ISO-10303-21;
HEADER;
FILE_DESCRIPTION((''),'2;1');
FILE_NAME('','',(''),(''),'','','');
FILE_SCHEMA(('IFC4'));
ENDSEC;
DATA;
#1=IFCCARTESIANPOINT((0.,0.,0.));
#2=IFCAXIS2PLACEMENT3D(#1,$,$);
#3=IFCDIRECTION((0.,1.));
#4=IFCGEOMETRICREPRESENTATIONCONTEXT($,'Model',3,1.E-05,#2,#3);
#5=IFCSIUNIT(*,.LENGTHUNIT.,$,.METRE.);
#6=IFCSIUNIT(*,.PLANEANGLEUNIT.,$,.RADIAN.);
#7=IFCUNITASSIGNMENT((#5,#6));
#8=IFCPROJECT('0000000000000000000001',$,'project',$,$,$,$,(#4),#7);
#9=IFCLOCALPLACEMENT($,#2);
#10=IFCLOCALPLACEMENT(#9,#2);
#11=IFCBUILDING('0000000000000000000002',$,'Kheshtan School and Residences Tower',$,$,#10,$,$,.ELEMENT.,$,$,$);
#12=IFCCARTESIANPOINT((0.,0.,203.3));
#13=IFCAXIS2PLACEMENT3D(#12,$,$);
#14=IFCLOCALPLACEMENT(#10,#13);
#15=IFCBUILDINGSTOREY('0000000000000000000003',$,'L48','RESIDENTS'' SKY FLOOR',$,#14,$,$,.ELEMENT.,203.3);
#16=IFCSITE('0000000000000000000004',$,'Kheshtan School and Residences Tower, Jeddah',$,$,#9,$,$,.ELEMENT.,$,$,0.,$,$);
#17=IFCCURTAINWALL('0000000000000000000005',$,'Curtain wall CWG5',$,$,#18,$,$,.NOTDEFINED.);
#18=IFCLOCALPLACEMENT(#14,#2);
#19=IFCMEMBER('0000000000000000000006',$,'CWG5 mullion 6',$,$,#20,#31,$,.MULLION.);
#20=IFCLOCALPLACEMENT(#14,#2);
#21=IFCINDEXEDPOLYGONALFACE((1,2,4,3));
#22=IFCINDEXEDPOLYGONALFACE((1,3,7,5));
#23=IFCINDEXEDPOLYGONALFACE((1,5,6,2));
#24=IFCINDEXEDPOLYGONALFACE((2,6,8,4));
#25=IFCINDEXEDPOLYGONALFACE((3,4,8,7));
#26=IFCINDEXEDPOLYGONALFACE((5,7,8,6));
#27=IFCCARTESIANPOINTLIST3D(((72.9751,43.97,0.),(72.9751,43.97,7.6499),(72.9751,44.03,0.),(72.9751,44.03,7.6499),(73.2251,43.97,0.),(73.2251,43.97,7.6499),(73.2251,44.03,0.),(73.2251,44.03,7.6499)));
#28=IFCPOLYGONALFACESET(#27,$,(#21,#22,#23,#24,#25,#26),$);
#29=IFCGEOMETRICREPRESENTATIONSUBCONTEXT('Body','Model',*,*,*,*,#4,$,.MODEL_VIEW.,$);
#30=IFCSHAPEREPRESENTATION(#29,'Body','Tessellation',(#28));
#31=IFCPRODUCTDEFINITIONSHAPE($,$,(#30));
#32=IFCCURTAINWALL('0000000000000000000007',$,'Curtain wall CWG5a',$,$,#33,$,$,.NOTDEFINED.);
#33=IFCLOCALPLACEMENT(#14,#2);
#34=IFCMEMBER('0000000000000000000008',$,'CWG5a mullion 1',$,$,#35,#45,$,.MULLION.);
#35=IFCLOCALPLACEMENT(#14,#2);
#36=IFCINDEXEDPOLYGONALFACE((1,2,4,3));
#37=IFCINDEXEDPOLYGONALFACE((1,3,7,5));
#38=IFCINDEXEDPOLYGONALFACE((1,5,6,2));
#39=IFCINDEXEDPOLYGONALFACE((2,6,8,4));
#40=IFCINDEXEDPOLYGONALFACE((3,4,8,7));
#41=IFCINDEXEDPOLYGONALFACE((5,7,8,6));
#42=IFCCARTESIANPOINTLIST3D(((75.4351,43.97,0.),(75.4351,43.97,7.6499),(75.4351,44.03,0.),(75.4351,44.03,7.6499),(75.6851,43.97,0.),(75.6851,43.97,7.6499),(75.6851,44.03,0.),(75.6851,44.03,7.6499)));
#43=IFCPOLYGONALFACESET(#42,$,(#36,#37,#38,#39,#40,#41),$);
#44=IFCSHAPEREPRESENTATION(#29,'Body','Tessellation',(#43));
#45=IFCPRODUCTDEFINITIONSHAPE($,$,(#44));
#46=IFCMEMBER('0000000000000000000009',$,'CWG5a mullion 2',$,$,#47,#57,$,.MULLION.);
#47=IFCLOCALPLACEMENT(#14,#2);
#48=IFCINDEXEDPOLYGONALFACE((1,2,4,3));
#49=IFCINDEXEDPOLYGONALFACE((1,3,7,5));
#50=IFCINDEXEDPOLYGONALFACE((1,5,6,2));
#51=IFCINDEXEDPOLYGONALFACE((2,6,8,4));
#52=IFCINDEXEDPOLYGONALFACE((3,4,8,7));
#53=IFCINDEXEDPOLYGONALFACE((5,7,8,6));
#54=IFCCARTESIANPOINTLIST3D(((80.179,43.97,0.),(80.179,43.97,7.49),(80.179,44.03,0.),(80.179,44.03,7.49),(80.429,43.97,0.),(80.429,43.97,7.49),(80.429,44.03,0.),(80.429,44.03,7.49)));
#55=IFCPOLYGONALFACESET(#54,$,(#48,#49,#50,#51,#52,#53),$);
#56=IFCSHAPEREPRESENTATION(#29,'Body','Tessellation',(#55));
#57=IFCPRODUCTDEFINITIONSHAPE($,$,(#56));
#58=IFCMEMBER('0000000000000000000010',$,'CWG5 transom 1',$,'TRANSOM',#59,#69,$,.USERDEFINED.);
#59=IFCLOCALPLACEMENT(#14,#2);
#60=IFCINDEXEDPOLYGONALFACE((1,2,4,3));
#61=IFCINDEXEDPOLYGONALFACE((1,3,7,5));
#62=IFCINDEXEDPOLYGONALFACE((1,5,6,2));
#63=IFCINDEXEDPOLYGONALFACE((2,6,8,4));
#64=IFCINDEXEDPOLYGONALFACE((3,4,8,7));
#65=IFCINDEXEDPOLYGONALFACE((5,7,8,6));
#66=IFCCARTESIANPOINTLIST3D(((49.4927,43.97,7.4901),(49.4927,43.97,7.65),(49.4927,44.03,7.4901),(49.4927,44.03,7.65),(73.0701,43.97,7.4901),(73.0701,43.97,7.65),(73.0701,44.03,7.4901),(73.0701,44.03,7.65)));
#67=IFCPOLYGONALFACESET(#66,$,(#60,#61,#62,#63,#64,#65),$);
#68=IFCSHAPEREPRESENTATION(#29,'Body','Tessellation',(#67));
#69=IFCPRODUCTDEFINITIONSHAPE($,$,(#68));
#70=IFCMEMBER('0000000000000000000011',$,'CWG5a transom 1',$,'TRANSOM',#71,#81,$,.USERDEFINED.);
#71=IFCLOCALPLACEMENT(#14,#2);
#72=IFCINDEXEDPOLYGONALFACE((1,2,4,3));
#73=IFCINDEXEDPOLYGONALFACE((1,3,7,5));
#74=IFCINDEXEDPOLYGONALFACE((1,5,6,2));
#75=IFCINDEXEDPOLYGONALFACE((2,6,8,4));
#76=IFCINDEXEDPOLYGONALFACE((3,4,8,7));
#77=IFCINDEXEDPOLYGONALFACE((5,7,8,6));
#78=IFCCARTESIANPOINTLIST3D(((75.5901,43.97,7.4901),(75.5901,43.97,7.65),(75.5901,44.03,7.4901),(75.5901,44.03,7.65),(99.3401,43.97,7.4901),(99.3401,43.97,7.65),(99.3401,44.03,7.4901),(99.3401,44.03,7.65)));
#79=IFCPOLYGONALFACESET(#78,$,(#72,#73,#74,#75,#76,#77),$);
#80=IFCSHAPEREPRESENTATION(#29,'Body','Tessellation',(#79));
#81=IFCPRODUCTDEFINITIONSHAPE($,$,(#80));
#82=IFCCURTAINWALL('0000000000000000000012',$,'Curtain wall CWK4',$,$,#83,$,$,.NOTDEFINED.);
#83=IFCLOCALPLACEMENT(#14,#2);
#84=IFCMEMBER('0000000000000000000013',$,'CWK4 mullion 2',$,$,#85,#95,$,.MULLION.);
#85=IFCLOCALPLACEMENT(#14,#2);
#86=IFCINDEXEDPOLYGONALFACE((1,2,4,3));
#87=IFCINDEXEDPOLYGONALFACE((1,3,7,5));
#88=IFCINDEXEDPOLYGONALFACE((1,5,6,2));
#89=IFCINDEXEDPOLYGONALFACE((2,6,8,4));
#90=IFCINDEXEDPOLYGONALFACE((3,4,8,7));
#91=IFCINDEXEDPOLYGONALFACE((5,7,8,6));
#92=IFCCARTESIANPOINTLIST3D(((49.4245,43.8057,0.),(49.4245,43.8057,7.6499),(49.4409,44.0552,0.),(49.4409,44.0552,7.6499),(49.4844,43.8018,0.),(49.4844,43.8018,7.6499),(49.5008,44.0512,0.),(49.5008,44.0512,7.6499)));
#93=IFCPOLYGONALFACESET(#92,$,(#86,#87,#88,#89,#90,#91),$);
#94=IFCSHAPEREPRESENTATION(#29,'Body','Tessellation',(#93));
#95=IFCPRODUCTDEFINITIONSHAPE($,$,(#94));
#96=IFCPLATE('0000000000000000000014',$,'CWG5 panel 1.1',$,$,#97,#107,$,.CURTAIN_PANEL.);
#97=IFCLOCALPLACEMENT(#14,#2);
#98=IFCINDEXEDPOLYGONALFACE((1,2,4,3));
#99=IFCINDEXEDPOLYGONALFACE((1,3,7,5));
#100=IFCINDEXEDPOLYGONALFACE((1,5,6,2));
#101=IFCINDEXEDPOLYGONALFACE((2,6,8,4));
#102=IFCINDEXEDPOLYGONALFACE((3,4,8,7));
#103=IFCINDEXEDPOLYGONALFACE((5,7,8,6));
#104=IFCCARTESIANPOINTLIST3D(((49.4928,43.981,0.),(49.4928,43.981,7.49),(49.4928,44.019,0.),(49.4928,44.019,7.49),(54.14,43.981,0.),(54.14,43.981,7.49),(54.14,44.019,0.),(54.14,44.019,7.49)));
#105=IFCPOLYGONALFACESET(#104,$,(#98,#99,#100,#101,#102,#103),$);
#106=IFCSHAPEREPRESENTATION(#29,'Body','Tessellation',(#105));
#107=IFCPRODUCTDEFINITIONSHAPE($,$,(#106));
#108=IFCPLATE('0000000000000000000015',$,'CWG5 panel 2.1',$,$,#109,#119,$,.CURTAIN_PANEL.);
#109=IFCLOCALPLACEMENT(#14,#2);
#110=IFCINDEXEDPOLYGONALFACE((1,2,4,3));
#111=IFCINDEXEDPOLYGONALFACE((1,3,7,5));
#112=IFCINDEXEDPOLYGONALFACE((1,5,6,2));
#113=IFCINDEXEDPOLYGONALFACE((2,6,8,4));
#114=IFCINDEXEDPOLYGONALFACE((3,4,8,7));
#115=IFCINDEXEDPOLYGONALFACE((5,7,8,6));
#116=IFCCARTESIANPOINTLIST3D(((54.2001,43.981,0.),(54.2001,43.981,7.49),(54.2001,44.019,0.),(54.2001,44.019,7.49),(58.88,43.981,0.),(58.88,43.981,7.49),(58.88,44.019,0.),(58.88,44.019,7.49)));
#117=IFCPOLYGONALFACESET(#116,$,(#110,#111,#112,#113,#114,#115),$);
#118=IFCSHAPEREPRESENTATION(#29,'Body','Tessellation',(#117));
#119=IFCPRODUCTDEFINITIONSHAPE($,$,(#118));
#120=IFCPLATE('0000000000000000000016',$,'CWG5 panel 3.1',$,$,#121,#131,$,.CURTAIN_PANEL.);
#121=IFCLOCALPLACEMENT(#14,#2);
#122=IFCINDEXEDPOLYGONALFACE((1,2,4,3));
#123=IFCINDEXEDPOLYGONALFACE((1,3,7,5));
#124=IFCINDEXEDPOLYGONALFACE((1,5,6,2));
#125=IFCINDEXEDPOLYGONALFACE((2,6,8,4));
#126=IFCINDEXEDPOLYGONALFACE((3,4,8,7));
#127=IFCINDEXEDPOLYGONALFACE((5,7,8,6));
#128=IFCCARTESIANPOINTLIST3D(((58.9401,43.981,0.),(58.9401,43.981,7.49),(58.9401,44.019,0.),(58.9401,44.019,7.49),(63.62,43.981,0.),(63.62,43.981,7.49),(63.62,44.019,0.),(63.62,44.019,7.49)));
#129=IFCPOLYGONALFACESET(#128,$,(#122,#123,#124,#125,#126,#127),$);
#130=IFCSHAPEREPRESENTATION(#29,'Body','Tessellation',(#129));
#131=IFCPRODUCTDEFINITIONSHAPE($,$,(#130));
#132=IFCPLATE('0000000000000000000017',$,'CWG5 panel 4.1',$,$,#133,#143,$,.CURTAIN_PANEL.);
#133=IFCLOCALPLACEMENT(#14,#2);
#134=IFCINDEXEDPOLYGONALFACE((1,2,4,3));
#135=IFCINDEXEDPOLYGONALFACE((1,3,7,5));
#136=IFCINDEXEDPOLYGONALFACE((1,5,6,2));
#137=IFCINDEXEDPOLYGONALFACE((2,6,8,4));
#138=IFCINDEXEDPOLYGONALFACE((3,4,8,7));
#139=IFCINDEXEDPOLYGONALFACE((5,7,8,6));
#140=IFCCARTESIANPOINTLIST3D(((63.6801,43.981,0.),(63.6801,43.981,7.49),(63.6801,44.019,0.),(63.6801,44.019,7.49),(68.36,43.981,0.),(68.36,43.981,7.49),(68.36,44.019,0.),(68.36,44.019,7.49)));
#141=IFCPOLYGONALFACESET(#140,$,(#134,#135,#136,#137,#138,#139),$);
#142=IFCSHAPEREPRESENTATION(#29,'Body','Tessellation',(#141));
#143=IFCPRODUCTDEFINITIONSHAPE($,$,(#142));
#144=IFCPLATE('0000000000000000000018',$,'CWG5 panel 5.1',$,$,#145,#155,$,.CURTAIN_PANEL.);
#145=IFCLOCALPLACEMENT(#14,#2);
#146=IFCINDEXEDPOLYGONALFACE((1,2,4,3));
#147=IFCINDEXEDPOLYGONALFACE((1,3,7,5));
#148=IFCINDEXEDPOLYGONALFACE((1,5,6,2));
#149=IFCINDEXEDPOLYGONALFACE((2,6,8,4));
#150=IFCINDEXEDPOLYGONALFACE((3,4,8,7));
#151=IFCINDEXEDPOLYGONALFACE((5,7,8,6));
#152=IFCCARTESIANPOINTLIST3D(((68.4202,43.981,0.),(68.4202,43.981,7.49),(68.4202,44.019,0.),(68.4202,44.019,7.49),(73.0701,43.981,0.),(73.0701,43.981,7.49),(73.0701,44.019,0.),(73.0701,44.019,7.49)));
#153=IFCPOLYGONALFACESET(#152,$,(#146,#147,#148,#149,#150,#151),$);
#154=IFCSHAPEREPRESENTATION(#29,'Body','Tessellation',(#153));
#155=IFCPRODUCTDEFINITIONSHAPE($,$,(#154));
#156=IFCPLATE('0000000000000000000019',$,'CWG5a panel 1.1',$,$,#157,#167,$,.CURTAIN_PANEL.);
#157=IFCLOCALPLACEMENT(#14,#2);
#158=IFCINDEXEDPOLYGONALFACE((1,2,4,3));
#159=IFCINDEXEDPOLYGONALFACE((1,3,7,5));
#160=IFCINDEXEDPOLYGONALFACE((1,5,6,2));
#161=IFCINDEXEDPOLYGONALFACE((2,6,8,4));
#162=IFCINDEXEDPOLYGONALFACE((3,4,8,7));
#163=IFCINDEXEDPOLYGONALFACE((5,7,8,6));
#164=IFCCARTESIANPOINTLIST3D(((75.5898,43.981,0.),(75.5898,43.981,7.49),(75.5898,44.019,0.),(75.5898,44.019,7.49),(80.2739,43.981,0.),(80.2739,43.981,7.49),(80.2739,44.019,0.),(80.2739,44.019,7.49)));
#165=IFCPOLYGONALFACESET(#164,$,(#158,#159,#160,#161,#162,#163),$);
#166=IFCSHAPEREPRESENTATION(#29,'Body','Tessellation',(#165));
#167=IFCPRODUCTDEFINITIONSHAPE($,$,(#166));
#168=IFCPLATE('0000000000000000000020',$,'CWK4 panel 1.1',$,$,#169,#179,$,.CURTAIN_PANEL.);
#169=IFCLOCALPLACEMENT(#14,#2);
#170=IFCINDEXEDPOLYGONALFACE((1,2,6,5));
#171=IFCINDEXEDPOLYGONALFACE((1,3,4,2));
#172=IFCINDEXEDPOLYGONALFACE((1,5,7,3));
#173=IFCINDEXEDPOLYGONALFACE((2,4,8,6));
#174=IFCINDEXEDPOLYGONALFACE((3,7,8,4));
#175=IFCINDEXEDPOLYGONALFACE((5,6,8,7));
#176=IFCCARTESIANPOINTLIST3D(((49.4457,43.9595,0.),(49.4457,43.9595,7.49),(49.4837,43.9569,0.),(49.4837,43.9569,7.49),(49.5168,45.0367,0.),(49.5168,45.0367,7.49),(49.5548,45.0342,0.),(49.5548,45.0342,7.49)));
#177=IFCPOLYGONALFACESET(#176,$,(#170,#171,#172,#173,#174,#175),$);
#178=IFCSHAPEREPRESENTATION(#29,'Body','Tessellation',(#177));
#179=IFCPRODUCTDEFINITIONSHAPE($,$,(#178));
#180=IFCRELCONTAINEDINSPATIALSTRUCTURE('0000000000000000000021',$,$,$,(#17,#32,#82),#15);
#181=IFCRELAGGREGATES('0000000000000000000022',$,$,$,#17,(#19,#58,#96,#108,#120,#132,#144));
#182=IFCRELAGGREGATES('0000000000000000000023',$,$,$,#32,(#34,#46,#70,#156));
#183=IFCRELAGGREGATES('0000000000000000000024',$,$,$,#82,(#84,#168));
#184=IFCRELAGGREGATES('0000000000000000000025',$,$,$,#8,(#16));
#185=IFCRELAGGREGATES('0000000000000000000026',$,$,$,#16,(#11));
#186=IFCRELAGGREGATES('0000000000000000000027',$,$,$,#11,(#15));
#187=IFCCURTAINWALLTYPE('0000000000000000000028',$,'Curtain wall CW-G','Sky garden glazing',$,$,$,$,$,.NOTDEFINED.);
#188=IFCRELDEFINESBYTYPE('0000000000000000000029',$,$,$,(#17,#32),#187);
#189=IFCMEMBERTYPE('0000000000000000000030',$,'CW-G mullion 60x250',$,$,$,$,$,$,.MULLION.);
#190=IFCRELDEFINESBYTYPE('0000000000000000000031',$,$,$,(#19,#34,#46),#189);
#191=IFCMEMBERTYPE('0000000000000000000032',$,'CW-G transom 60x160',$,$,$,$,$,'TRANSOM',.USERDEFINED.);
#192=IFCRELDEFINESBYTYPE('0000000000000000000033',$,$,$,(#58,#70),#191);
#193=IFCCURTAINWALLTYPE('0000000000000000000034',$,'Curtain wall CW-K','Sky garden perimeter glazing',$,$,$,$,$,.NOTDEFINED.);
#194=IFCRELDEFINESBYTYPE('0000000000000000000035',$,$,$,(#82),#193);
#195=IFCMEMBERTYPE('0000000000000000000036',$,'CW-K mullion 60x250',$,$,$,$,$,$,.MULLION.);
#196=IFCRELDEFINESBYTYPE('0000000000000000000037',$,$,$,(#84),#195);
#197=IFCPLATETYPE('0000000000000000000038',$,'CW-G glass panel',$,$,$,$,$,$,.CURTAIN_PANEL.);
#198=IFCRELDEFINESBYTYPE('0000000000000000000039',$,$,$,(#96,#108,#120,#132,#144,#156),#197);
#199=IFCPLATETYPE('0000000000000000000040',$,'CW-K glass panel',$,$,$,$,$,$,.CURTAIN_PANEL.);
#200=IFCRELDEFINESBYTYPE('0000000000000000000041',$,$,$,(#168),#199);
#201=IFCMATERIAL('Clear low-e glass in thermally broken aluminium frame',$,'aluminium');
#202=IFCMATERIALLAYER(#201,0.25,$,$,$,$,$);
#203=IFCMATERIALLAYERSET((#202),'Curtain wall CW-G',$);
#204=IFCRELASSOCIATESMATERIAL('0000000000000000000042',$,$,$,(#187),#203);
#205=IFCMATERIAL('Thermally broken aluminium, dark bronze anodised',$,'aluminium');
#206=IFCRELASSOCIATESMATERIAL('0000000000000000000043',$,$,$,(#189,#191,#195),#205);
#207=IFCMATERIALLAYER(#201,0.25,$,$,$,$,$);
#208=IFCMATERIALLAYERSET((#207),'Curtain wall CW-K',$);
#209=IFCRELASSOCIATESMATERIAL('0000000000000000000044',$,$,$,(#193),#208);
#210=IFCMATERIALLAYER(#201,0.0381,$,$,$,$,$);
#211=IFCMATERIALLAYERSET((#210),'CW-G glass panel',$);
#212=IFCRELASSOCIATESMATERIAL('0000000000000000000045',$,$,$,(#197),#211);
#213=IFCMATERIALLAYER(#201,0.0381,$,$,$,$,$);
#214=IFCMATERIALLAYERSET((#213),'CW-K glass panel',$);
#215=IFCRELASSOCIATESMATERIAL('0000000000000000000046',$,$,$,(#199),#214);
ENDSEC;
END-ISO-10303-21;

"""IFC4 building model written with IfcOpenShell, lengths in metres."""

from ifc_helpers import new_model, si_unit, direction, frame, origin, origin_2d, place, context, subcontext, project, spatial, rectangle, extrude, material, layer, layer_set, material_profile, profile_set, type_object, element, aggregate, save


model = new_model("IFC4")

# Units and contexts
model_context = context("Model", 3, precision=1e-05, world=origin(), true_north=direction((0.0, 1.0)))
body_context = subcontext(model_context, "Body", "Model", "MODEL_VIEW")
ifc_project = project(units=[si_unit("LENGTHUNIT", "METRE"), si_unit("PLANEANGLEUNIT", "RADIAN")], contexts=[model_context])

# Site, building, storey
site_placement = place(None, origin())
site = spatial("IfcSite", under=ifc_project, at=site_placement, Name="Kheshtan School and Residences Tower, Jeddah", CompositionType="ELEMENT", RefElevation=0.0)
building_placement = place(site_placement, origin())
building = spatial("IfcBuilding", under=site, at=building_placement, Name="Kheshtan School and Residences Tower", CompositionType="ELEMENT")
storey_placement = place(building_placement, frame((0.0, 0.0, 203.3)))
storey = spatial("IfcBuildingStorey", under=building, at=storey_placement, Name="L48", Description="RESIDENTS' SKY FLOOR", CompositionType="ELEMENT", Elevation=203.3)

# Curtain walls, members
ifc_material_1 = material(Name="Clear low-e glass in thermally broken aluminium frame", Category="aluminium")
ifc_layer_1 = layer(ifc_material_1, 0.25)
ifc_layer_set_1 = layer_set([ifc_layer_1], Name="Curtain wall CW-G")
curtain_wall_type_1 = type_object("IfcCurtainWallType", Name="Curtain wall CW-G", Description="Sky garden glazing", PredefinedType="NOTDEFINED", material=ifc_layer_set_1)
curtain_wall_1_placement = place(storey_placement, origin())
curtain_wall_1 = element("IfcCurtainWall", 1, at=curtain_wall_1_placement, inside=storey, type_object=curtain_wall_type_1, Name="Curtain wall CWG5", PredefinedType="NOTDEFINED")
ifc_material_2 = material(Name="Thermally broken aluminium, dark bronze anodised", Category="aluminium")
ifc_material_profile_1 = material_profile(ifc_material_2, rectangle(XDim=0.0601, YDim=0.25, at=origin_2d()), Name="CW-G mullion 60x250")
ifc_profile_set_1 = profile_set([ifc_material_profile_1], Name="Thermally broken aluminium, dark bronze anodised")
member_type_1 = type_object("IfcMemberType", Name="CW-G mullion 60x250", PredefinedType="MULLION", material=ifc_profile_set_1)
member_1_placement = place(storey_placement, frame((73.1001, 44.0, 0.0), z_axis=(0.0, 0.0, 1.0), x_axis=(0.0, 1.0, 0.0)))
member_1 = element("IfcMember", 2, at=member_1_placement, type_object=member_type_1, Name="CWG5 mullion 6", PredefinedType="MULLION", context=body_context, shape_type="SweptSolid", body=[
    extrude(rectangle(XDim=0.0601, YDim=0.25, at=origin_2d()), origin(), (0.0, 0.0, 1.0), 7.6499),
])
curtain_wall_2_placement = place(storey_placement, origin())
curtain_wall_2 = element("IfcCurtainWall", 3, at=curtain_wall_2_placement, inside=storey, type_object=curtain_wall_type_1, Name="Curtain wall CWG5a", PredefinedType="NOTDEFINED")
member_2_placement = place(storey_placement, frame((75.5601, 44.0, 0.0), z_axis=(0.0, 0.0, 1.0), x_axis=(0.0, 1.0, 0.0)))
member_2 = element("IfcMember", 4, at=member_2_placement, type_object=member_type_1, Name="CWG5a mullion 1", PredefinedType="MULLION", context=body_context, shape_type="SweptSolid", body=[
    extrude(rectangle(XDim=0.0601, YDim=0.25, at=origin_2d()), origin(), (0.0, 0.0, 1.0), 7.6499),
])
member_3_placement = place(storey_placement, frame((80.304, 44.0, 0.0), z_axis=(0.0, 0.0, 1.0), x_axis=(0.0, 1.0, 0.0)))
member_3 = element("IfcMember", 5, at=member_3_placement, type_object=member_type_1, Name="CWG5a mullion 2", PredefinedType="MULLION", context=body_context, shape_type="SweptSolid", body=[
    extrude(rectangle(XDim=0.0601, YDim=0.25, at=origin_2d()), origin(), (0.0, 0.0, 1.0), 7.49),
])

# Members
ifc_material_profile_2 = material_profile(ifc_material_2, rectangle(XDim=0.0601, YDim=0.1599, at=origin_2d()), Name="CW-G transom 60x160")
ifc_profile_set_2 = profile_set([ifc_material_profile_2], Name="Thermally broken aluminium, dark bronze anodised")
member_type_2 = type_object("IfcMemberType", Name="CW-G transom 60x160", ElementType="TRANSOM", PredefinedType="USERDEFINED", material=ifc_profile_set_2)
member_4_placement = place(storey_placement, frame((49.4927, 44.0, 7.5701), z_axis=(1.0, 0.0, 0.0), x_axis=(0.0, 1.0, 0.0)))
member_4 = element("IfcMember", 6, at=member_4_placement, type_object=member_type_2, Name="CWG5 transom 1", ObjectType="TRANSOM", PredefinedType="USERDEFINED", context=body_context, shape_type="SweptSolid", body=[
    extrude(rectangle(XDim=0.0601, YDim=0.1599, at=origin_2d()), origin(), (0.0, 0.0, 1.0), 23.5774),
])
member_5_placement = place(storey_placement, frame((75.5901, 44.0, 7.5701), z_axis=(1.0, 0.0, 0.0), x_axis=(0.0, 1.0, 0.0)))
member_5 = element("IfcMember", 7, at=member_5_placement, type_object=member_type_2, Name="CWG5a transom 1", ObjectType="TRANSOM", PredefinedType="USERDEFINED", context=body_context, shape_type="SweptSolid", body=[
    extrude(rectangle(XDim=0.0601, YDim=0.1599, at=origin_2d()), origin(), (0.0, 0.0, 1.0), 23.75),
])

# Curtain wall, member
ifc_layer_2 = layer(ifc_material_1, 0.25)
ifc_layer_set_2 = layer_set([ifc_layer_2], Name="Curtain wall CW-K")
curtain_wall_type_2 = type_object("IfcCurtainWallType", Name="Curtain wall CW-K", Description="Sky garden perimeter glazing", PredefinedType="NOTDEFINED", material=ifc_layer_set_2)
curtain_wall_3_placement = place(storey_placement, origin())
curtain_wall_3 = element("IfcCurtainWall", 8, at=curtain_wall_3_placement, inside=storey, type_object=curtain_wall_type_2, Name="Curtain wall CWK4", PredefinedType="NOTDEFINED")
ifc_material_profile_3 = material_profile(ifc_material_2, rectangle(XDim=0.0601, YDim=0.25, at=origin_2d()), Name="CW-K mullion 60x250")
ifc_profile_set_3 = profile_set([ifc_material_profile_3], Name="Thermally broken aluminium, dark bronze anodised")
member_type_3 = type_object("IfcMemberType", Name="CW-K mullion 60x250", PredefinedType="MULLION", material=ifc_profile_set_3)
member_6_placement = place(storey_placement, frame((49.4626, 43.9285, 0.0), z_axis=(0.0, 0.0, 1.0), x_axis=(0.997829, -0.065855, 0.0)))
member_6 = element("IfcMember", 9, at=member_6_placement, type_object=member_type_3, Name="CWK4 mullion 2", PredefinedType="MULLION", context=body_context, shape_type="SweptSolid", body=[
    extrude(rectangle(XDim=0.0601, YDim=0.25, at=origin_2d()), origin(), (0.0, 0.0, 1.0), 7.6499),
])

# Plates
ifc_layer_3 = layer(ifc_material_1, 0.0381)
ifc_layer_set_3 = layer_set([ifc_layer_3], Name="CW-G glass panel")
plate_type_1 = type_object("IfcPlateType", Name="CW-G glass panel", PredefinedType="CURTAIN_PANEL", material=ifc_layer_set_3)
plate_1_placement = place(storey_placement, frame((51.8164, 44.0, 0.0), z_axis=(0.0, 0.0, 1.0), x_axis=(1.0, 0.0, 0.0)))
plate_1 = element("IfcPlate", 10, at=plate_1_placement, type_object=plate_type_1, Name="CWG5 panel 1.1", PredefinedType="CURTAIN_PANEL", context=body_context, shape_type="SweptSolid", body=[
    extrude(rectangle(XDim=4.6472, YDim=0.0381, at=origin_2d()), origin(), (0.0, 0.0, 1.0), 7.49),
])
plate_2_placement = place(storey_placement, frame((56.54, 44.0, 0.0), z_axis=(0.0, 0.0, 1.0), x_axis=(1.0, 0.0, 0.0)))
plate_2 = element("IfcPlate", 11, at=plate_2_placement, type_object=plate_type_1, Name="CWG5 panel 2.1", PredefinedType="CURTAIN_PANEL", context=body_context, shape_type="SweptSolid", body=[
    extrude(rectangle(XDim=4.6799, YDim=0.0381, at=origin_2d()), origin(), (0.0, 0.0, 1.0), 7.49),
])
plate_3_placement = place(storey_placement, frame((61.28, 44.0, 0.0), z_axis=(0.0, 0.0, 1.0), x_axis=(1.0, 0.0, 0.0)))
plate_3 = element("IfcPlate", 12, at=plate_3_placement, type_object=plate_type_1, Name="CWG5 panel 3.1", PredefinedType="CURTAIN_PANEL", context=body_context, shape_type="SweptSolid", body=[
    extrude(rectangle(XDim=4.6799, YDim=0.0381, at=origin_2d()), origin(), (0.0, 0.0, 1.0), 7.49),
])
plate_4_placement = place(storey_placement, frame((66.02, 44.0, 0.0), z_axis=(0.0, 0.0, 1.0), x_axis=(1.0, 0.0, 0.0)))
plate_4 = element("IfcPlate", 13, at=plate_4_placement, type_object=plate_type_1, Name="CWG5 panel 4.1", PredefinedType="CURTAIN_PANEL", context=body_context, shape_type="SweptSolid", body=[
    extrude(rectangle(XDim=4.6799, YDim=0.0381, at=origin_2d()), origin(), (0.0, 0.0, 1.0), 7.49),
])
plate_5_placement = place(storey_placement, frame((70.7451, 44.0, 0.0), z_axis=(0.0, 0.0, 1.0), x_axis=(1.0, 0.0, 0.0)))
plate_5 = element("IfcPlate", 14, at=plate_5_placement, type_object=plate_type_1, Name="CWG5 panel 5.1", PredefinedType="CURTAIN_PANEL", context=body_context, shape_type="SweptSolid", body=[
    extrude(rectangle(XDim=4.6499, YDim=0.0381, at=origin_2d()), origin(), (0.0, 0.0, 1.0), 7.49),
])
aggregate(curtain_wall_1, [member_1, member_4, plate_1, plate_2, plate_3, plate_4, plate_5])
plate_6_placement = place(storey_placement, frame((77.9319, 44.0, 0.0), z_axis=(0.0, 0.0, 1.0), x_axis=(1.0, 0.0, 0.0)))
plate_6 = element("IfcPlate", 15, at=plate_6_placement, type_object=plate_type_1, Name="CWG5a panel 1.1", PredefinedType="CURTAIN_PANEL", context=body_context, shape_type="SweptSolid", body=[
    extrude(rectangle(XDim=4.6841, YDim=0.0381, at=origin_2d()), origin(), (0.0, 0.0, 1.0), 7.49),
])
aggregate(curtain_wall_2, [member_2, member_3, member_5, plate_6])
ifc_layer_4 = layer(ifc_material_1, 0.0381)
ifc_layer_set_4 = layer_set([ifc_layer_4], Name="CW-K glass panel")
plate_type_2 = type_object("IfcPlateType", Name="CW-K glass panel", PredefinedType="CURTAIN_PANEL", material=ifc_layer_set_4)
plate_7_placement = place(storey_placement, frame((49.5002, 44.4968, 0.0), z_axis=(0.0, 0.0, 1.0), x_axis=(-0.065855, -0.997829, 0.0)))
plate_7 = element("IfcPlate", 16, at=plate_7_placement, type_object=plate_type_2, Name="CWK4 panel 1.1", PredefinedType="CURTAIN_PANEL", context=body_context, shape_type="SweptSolid", body=[
    extrude(rectangle(XDim=1.0796, YDim=0.0381, at=origin_2d()), origin(), (0.0, 0.0, 1.0), 7.49),
])
aggregate(curtain_wall_3, [member_6, plate_7])

save(model, "model.ifc")
